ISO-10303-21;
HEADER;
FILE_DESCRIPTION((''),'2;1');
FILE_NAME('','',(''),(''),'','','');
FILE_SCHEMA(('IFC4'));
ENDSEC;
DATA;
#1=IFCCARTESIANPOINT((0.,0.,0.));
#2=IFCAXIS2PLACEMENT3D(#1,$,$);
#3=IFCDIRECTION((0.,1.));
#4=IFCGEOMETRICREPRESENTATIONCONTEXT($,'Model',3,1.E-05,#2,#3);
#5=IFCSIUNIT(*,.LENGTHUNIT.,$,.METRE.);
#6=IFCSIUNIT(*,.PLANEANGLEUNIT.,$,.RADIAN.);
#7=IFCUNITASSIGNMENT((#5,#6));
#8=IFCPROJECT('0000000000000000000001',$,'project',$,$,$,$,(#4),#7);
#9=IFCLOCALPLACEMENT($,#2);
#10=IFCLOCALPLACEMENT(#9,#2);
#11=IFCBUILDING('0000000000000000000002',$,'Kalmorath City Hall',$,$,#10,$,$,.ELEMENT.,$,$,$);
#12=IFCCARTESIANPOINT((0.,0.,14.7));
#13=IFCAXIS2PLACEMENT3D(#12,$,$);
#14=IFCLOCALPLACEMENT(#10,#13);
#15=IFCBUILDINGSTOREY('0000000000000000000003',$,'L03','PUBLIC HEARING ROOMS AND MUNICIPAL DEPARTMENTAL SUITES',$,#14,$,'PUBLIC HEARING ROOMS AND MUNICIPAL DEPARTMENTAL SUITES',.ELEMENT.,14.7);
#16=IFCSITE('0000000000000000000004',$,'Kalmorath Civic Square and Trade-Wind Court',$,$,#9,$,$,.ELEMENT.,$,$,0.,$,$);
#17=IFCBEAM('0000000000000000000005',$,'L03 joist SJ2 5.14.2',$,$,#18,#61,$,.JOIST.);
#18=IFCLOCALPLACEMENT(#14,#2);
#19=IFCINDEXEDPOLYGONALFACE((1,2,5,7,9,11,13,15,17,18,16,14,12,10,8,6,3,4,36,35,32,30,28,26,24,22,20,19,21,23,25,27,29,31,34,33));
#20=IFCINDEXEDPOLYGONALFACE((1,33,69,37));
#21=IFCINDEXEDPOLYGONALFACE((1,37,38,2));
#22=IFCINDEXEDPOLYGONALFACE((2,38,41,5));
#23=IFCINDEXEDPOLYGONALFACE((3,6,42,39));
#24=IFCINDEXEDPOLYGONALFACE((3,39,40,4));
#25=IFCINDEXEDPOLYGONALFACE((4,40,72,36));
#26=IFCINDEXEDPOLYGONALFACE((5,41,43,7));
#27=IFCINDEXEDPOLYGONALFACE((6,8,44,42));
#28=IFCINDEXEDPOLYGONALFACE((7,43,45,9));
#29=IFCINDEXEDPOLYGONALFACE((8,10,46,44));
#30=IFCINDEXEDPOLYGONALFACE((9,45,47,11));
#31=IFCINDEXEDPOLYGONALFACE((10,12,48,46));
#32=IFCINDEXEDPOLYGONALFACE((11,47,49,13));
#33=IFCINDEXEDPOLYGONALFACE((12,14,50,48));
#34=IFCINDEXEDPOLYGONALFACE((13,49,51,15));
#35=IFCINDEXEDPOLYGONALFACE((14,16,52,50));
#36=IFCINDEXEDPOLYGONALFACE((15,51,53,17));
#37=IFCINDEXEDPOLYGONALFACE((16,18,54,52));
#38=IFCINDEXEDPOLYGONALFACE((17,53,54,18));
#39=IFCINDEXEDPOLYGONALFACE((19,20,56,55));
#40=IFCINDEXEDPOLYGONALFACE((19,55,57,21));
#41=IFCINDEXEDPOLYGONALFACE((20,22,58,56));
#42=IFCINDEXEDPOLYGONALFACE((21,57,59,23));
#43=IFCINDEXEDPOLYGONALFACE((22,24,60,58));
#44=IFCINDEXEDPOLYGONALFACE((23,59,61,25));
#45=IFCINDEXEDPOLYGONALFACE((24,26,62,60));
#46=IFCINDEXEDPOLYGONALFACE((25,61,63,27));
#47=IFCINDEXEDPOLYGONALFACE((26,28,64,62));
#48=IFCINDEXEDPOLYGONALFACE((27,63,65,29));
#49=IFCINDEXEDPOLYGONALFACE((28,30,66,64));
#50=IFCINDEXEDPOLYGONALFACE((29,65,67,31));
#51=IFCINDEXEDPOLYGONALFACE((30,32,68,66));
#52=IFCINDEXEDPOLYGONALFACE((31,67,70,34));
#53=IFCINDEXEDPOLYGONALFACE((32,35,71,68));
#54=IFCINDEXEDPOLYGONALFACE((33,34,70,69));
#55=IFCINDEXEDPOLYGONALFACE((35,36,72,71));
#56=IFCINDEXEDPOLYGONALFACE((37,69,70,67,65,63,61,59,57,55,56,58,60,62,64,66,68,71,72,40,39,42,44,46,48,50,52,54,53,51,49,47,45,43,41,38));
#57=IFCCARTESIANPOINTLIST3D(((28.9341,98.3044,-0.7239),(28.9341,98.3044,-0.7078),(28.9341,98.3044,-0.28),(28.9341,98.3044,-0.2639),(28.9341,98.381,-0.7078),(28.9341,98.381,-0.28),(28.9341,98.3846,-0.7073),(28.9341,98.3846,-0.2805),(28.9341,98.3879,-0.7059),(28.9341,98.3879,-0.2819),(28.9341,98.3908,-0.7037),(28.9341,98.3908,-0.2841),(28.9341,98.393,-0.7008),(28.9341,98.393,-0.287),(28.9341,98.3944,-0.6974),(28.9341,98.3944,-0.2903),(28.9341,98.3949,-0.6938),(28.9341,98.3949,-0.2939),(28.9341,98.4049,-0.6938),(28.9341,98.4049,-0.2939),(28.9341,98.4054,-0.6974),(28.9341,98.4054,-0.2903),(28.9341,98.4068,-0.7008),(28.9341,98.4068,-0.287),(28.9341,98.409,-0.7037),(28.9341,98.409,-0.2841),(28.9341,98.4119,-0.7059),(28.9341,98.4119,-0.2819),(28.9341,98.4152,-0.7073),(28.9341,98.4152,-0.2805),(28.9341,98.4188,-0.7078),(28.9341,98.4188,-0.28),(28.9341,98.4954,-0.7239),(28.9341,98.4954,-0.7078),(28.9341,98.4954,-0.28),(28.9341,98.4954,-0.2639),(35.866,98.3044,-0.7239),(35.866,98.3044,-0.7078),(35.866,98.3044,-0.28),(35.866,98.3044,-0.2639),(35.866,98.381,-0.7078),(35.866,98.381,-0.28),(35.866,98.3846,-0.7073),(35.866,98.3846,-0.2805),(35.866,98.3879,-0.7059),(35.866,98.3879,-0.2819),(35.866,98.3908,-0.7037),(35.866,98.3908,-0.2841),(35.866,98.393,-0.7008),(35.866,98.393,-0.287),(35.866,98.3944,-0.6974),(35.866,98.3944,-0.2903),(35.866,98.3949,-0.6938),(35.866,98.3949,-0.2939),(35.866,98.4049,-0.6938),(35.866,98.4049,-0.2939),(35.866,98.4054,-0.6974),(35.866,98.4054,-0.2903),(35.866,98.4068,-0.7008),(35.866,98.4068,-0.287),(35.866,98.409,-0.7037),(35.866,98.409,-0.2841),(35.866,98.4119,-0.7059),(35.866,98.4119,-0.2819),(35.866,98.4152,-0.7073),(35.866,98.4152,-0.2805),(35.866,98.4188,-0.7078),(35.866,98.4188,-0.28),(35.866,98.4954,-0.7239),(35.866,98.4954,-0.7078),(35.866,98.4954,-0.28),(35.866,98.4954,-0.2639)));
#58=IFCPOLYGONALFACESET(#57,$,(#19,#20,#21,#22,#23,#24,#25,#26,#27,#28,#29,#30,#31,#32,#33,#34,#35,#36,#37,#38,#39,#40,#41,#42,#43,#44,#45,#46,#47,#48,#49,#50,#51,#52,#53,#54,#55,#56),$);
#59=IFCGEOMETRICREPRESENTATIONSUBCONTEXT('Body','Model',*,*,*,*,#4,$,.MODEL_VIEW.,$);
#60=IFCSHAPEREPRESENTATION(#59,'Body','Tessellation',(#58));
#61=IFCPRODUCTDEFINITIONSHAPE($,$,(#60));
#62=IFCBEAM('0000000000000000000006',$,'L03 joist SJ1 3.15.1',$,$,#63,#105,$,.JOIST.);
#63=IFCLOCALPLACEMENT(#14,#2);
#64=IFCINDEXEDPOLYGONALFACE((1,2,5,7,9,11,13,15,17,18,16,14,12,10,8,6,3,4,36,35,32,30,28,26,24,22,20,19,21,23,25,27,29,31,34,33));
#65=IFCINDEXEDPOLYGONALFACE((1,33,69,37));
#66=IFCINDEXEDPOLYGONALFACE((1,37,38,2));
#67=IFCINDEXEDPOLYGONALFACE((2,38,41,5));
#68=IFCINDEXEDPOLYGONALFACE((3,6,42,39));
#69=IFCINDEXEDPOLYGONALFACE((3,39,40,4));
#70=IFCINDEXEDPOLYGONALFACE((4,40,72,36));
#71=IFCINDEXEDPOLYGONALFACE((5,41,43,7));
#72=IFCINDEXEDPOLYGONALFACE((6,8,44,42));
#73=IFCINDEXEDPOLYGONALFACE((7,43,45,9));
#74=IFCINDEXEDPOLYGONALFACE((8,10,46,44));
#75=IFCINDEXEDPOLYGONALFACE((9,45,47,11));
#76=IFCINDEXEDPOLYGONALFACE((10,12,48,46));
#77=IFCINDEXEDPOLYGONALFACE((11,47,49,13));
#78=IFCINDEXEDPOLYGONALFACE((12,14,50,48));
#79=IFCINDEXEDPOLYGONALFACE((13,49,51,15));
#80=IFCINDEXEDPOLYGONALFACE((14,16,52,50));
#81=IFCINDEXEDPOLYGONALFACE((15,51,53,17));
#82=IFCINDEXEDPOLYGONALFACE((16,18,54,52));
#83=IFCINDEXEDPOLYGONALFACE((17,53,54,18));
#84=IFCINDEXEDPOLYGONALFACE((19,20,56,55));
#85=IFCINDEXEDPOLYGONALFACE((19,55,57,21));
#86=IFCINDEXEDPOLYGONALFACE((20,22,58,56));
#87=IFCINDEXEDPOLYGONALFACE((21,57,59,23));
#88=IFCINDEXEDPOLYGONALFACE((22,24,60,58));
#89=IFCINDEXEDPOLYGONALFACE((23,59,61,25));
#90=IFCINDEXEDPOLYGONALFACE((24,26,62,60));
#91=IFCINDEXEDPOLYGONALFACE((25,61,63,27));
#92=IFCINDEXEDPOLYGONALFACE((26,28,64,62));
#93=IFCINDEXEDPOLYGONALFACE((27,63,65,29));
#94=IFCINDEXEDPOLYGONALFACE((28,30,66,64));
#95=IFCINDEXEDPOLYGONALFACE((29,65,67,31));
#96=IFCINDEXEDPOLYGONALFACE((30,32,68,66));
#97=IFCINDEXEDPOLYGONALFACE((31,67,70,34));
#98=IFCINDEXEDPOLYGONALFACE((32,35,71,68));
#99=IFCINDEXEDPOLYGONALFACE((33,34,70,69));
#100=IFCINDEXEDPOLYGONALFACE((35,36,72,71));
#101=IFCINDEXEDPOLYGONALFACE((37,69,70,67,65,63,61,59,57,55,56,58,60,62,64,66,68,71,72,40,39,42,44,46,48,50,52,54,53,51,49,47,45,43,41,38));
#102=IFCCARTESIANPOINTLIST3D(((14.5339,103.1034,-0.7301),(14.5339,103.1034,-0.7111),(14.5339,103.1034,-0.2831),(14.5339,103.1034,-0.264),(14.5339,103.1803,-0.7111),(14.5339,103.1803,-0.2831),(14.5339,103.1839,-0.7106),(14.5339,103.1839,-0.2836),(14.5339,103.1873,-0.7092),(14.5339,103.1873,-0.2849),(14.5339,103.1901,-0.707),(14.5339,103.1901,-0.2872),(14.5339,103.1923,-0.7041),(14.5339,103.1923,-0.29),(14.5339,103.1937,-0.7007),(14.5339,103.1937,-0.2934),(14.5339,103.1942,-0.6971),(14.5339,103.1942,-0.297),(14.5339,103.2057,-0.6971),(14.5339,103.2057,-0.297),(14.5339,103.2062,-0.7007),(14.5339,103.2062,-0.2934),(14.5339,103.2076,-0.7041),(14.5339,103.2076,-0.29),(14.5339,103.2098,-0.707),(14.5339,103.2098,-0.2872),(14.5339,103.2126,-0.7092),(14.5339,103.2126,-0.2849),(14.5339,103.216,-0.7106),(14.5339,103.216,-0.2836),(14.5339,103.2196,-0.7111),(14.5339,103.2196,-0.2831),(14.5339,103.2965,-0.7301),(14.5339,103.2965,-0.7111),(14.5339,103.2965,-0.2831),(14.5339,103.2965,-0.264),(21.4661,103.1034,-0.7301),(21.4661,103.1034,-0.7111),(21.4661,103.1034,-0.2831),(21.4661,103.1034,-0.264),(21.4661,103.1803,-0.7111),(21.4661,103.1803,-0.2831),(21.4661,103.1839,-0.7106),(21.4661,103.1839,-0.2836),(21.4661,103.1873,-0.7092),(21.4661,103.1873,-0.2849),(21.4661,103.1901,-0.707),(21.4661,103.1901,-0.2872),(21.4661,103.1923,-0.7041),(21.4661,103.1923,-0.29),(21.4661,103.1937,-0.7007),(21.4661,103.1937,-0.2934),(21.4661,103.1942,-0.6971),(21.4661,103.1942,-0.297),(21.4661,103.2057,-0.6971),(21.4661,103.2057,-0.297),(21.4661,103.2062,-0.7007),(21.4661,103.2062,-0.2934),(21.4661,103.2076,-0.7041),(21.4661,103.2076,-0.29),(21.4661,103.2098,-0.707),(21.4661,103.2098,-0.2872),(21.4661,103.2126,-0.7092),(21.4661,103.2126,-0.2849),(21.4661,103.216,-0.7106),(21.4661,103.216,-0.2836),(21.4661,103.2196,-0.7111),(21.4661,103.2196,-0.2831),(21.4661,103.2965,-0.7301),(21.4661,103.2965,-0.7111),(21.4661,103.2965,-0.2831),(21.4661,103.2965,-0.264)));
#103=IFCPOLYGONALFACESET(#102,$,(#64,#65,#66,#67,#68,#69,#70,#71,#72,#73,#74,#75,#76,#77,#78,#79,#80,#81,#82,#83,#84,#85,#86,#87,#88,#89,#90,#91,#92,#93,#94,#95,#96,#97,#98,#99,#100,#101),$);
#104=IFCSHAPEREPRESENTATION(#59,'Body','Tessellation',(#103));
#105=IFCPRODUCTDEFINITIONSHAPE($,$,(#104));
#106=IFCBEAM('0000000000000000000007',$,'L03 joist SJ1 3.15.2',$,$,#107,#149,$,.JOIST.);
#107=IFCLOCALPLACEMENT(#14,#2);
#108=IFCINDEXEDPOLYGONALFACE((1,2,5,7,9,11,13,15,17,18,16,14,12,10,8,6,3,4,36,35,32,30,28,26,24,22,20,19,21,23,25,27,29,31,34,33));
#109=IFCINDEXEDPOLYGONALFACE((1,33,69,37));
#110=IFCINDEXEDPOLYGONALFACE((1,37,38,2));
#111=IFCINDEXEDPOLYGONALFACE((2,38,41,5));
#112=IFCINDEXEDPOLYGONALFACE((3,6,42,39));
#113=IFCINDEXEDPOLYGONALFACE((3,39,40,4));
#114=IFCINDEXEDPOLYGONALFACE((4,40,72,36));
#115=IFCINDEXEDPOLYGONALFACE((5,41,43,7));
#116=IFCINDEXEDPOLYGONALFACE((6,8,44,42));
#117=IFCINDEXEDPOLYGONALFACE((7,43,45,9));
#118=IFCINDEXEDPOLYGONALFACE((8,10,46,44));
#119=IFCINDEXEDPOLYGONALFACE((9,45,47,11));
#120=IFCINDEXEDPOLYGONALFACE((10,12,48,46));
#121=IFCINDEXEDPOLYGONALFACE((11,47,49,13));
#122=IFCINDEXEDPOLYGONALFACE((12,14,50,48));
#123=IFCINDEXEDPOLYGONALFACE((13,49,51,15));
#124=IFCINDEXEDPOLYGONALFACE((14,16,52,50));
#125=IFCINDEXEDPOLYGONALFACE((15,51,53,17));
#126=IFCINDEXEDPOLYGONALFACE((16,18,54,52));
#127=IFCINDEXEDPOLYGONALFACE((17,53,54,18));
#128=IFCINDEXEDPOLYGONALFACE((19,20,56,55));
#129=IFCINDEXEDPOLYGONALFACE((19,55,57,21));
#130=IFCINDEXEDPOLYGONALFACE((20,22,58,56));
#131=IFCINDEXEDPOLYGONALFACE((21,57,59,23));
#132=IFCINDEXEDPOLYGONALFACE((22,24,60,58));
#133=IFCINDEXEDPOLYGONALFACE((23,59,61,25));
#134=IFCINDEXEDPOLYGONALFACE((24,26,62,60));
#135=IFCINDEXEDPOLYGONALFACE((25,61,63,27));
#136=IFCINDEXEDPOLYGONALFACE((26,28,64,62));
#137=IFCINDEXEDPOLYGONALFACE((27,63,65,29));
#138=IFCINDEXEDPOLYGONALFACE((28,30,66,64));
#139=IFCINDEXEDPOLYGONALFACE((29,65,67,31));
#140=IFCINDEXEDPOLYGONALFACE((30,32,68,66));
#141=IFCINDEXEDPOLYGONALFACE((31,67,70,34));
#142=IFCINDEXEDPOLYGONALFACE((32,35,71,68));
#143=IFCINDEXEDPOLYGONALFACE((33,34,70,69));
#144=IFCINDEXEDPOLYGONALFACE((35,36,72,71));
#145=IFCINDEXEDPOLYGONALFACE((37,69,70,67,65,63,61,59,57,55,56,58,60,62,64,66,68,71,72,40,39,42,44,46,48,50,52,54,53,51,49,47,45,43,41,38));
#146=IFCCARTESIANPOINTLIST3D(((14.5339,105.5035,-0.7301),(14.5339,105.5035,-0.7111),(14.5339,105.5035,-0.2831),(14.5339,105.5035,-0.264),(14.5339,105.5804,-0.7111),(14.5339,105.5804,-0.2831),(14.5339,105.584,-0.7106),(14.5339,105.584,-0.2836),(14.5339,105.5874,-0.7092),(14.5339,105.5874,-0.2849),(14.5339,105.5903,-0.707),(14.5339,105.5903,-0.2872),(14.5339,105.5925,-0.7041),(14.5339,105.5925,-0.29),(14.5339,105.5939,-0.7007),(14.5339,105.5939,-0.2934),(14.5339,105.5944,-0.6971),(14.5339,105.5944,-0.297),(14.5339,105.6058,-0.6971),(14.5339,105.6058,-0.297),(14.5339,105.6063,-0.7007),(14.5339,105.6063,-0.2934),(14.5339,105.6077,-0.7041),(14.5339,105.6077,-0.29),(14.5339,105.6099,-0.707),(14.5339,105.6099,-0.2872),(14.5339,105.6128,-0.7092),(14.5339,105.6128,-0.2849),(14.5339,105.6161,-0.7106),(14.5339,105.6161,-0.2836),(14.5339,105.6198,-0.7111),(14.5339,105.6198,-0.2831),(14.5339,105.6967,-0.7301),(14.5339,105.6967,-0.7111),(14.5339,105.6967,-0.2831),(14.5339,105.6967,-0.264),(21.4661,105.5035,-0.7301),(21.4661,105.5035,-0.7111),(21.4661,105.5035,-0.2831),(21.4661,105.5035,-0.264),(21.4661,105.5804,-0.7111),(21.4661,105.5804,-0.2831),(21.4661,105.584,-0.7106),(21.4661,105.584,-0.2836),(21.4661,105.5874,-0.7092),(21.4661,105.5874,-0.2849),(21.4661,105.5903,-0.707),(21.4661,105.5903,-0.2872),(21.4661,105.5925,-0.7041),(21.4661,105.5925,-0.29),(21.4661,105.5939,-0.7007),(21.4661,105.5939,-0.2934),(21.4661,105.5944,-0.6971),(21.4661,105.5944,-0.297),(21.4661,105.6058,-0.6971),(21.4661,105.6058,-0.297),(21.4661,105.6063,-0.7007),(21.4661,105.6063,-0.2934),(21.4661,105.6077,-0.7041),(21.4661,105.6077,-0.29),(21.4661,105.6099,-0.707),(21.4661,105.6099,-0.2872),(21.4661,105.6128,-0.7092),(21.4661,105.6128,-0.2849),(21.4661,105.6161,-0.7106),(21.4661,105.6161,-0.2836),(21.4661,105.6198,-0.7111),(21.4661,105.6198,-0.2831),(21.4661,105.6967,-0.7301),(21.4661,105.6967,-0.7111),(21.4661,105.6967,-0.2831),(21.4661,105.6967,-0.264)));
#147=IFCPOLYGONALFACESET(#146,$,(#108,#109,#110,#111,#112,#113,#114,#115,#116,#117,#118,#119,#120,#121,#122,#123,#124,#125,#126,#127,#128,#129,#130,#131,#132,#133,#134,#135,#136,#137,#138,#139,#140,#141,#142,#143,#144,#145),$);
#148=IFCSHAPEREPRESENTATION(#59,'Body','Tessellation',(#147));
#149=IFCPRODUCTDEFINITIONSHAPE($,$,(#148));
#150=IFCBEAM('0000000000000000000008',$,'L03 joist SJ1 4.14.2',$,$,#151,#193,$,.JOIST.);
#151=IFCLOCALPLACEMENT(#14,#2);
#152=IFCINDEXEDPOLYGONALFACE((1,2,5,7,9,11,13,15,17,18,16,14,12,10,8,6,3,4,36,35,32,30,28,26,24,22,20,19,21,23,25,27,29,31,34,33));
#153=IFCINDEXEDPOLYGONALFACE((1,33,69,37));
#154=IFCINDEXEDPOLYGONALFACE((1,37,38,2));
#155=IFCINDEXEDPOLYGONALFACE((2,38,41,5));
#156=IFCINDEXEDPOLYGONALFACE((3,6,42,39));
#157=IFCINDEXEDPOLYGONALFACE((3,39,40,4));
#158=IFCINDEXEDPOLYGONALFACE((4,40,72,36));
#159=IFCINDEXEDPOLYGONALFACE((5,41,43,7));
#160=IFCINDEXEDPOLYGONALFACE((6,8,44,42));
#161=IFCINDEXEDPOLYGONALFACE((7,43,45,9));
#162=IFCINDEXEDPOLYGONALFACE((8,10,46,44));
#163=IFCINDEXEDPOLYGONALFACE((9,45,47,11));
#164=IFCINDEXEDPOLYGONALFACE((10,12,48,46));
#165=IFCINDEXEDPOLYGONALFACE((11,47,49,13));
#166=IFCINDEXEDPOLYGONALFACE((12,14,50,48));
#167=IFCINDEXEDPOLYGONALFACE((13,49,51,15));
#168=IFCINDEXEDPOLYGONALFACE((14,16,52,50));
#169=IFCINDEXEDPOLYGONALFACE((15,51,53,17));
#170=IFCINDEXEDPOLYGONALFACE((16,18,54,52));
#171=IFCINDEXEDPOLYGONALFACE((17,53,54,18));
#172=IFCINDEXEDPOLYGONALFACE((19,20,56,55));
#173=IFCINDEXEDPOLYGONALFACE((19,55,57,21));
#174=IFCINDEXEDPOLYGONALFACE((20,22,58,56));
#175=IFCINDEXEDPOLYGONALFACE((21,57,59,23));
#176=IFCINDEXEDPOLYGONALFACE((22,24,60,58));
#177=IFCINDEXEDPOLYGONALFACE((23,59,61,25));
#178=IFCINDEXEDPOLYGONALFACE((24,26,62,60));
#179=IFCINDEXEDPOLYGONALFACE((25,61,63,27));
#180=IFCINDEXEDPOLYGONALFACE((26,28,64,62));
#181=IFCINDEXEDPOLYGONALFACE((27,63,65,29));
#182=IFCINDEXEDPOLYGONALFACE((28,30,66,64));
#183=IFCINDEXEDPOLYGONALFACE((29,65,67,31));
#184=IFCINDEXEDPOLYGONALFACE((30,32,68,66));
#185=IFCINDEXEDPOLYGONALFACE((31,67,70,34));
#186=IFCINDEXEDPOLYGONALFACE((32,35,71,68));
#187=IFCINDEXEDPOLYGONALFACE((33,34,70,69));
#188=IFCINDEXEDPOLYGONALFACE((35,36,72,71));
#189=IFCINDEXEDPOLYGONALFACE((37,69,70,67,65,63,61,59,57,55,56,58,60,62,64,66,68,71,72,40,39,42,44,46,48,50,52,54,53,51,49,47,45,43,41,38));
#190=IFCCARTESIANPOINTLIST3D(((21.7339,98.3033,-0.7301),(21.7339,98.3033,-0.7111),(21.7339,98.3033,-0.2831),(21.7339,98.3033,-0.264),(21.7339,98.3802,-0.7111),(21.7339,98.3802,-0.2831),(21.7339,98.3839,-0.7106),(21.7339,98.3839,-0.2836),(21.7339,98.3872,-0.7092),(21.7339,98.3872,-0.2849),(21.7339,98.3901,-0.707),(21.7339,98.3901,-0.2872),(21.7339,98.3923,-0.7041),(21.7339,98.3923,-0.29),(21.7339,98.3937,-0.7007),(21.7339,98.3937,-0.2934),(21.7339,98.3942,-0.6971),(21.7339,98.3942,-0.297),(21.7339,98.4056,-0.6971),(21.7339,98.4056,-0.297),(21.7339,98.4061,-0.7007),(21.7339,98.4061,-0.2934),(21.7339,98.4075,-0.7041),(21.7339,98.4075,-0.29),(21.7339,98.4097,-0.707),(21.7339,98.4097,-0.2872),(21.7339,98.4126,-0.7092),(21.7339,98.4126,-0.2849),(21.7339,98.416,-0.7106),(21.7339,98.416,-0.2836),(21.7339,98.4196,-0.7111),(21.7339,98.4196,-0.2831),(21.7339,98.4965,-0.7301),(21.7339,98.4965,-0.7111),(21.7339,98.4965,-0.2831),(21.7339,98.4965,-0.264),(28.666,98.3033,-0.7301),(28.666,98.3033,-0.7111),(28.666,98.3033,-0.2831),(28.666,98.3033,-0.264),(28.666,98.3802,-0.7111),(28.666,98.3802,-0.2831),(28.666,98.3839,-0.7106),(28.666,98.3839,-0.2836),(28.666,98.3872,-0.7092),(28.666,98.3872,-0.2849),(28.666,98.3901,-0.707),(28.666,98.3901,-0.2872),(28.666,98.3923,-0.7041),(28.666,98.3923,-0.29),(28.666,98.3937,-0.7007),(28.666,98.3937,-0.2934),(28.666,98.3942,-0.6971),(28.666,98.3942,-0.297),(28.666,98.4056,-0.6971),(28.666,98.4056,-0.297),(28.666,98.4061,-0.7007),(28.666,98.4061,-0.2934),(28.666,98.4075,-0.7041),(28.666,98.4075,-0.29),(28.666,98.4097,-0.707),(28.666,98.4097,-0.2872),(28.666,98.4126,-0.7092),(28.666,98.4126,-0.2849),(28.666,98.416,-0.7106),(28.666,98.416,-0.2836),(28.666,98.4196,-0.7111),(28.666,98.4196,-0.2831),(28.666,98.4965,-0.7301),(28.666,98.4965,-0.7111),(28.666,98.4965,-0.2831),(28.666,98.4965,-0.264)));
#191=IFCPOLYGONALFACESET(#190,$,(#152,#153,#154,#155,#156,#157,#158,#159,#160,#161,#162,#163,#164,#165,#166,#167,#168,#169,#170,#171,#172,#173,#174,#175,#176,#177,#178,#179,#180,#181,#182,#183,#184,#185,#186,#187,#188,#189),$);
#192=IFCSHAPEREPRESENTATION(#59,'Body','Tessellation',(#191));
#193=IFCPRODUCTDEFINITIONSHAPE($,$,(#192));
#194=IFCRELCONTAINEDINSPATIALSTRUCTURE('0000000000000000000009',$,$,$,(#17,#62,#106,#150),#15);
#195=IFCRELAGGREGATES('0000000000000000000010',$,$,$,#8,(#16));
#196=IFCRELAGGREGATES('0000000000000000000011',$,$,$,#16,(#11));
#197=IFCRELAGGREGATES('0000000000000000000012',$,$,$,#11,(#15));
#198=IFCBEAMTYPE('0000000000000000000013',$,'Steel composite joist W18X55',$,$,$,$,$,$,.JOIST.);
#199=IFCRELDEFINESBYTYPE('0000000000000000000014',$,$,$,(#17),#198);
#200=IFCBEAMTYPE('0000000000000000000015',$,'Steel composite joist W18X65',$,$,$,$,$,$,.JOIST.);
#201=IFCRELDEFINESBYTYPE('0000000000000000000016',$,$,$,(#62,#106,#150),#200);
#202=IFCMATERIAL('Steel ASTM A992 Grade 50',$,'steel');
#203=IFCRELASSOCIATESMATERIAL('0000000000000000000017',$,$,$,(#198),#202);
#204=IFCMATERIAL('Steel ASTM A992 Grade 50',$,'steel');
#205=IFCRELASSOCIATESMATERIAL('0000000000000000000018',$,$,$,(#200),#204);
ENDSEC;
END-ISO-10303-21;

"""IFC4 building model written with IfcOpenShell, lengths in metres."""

from ifc_helpers import new_model, si_unit, direction, frame, origin, origin_2d, place, context, subcontext, project, spatial, i_section, extrude, material, material_profile, profile_set, type_object, element, save


model = new_model("IFC4")

# Units and contexts
model_context = context("Model", 3, precision=1e-05, world=origin(), true_north=direction((0.0, 1.0)))
body_context = subcontext(model_context, "Body", "Model", "MODEL_VIEW")
ifc_project = project(units=[si_unit("LENGTHUNIT", "METRE"), si_unit("PLANEANGLEUNIT", "RADIAN")], contexts=[model_context])

# Site, building, storey
site_placement = place(None, origin())
site = spatial("IfcSite", under=ifc_project, at=site_placement, Name="Kalmorath Civic Square and Trade-Wind Court", CompositionType="ELEMENT", RefElevation=0.0)
building_placement = place(site_placement, origin())
building = spatial("IfcBuilding", under=site, at=building_placement, Name="Kalmorath City Hall", CompositionType="ELEMENT")
storey_placement = place(building_placement, frame((0.0, 0.0, 14.7)))
storey = spatial("IfcBuildingStorey", under=building, at=storey_placement, Name="L03", Description="PUBLIC HEARING ROOMS AND MUNICIPAL DEPARTMENTAL SUITES", LongName="PUBLIC HEARING ROOMS AND MUNICIPAL DEPARTMENTAL SUITES", CompositionType="ELEMENT", Elevation=14.7)

# Beams
ifc_material_1 = material(Name="Steel ASTM A992 Grade 50", Category="steel")
ifc_material_profile_1 = material_profile(ifc_material_1, i_section(OverallWidth=0.1909, OverallDepth=0.46, WebThickness=0.01, FlangeThickness=0.0161, FilletRadius=0.0139, at=origin_2d()), Name="W18X55")
ifc_profile_set_1 = profile_set([ifc_material_profile_1], Name="Steel ASTM A992 Grade 50")
beam_type_1 = type_object("IfcBeamType", Name="Steel composite joist W18X55", PredefinedType="JOIST", material=ifc_profile_set_1)
for number, where, z_axis, x_axis, name in (
    (1, (28.9341, 98.3999, -0.4939), (1.0, 0.0, 0.0), (0.0, 1.0, 0.0), "L03 joist SJ2 5.14.2"),
):
    element("IfcBeam", number, at=place(storey_placement, frame(where, z_axis=z_axis, x_axis=x_axis)), inside=storey, type_object=beam_type_1, Name=name, PredefinedType="JOIST", context=body_context, shape_type="SweptSolid", body=[
        extrude(i_section(OverallWidth=0.1909, OverallDepth=0.46, WebThickness=0.01, FlangeThickness=0.0161, FilletRadius=0.0139, at=origin_2d()), origin(), (0.0, 0.0, 1.0), 6.9319),
    ])
ifc_material_2 = material(Name="Steel ASTM A992 Grade 50", Category="steel")
ifc_material_profile_2 = material_profile(ifc_material_2, i_section(OverallWidth=0.1931, OverallDepth=0.4661, WebThickness=0.0115, FlangeThickness=0.019, FilletRadius=0.0139, at=origin_2d()), Name="W18X65")
ifc_profile_set_2 = profile_set([ifc_material_profile_2], Name="Steel ASTM A992 Grade 50")
beam_type_2 = type_object("IfcBeamType", Name="Steel composite joist W18X65", PredefinedType="JOIST", material=ifc_profile_set_2)
for number, where, z_axis, x_axis, name in (
    (2, (14.5339, 103.2, -0.4971), (1.0, 0.0, 0.0), (0.0, 1.0, 0.0), "L03 joist SJ1 3.15.1"),
    (3, (14.5339, 105.6001, -0.4971), (1.0, 0.0, 0.0), (0.0, 1.0, 0.0), "L03 joist SJ1 3.15.2"),
    (4, (21.7339, 98.3999, -0.4971), (1.0, 0.0, 0.0), (0.0, 1.0, 0.0), "L03 joist SJ1 4.14.2"),
):
    element("IfcBeam", number, at=place(storey_placement, frame(where, z_axis=z_axis, x_axis=x_axis)), inside=storey, type_object=beam_type_2, Name=name, PredefinedType="JOIST", context=body_context, shape_type="SweptSolid", body=[
        extrude(i_section(OverallWidth=0.1931, OverallDepth=0.4661, WebThickness=0.0115, FlangeThickness=0.019, FilletRadius=0.0139, at=origin_2d()), origin(), (0.0, 0.0, 1.0), 6.9321),
    ])

save(model, "model.ifc")
